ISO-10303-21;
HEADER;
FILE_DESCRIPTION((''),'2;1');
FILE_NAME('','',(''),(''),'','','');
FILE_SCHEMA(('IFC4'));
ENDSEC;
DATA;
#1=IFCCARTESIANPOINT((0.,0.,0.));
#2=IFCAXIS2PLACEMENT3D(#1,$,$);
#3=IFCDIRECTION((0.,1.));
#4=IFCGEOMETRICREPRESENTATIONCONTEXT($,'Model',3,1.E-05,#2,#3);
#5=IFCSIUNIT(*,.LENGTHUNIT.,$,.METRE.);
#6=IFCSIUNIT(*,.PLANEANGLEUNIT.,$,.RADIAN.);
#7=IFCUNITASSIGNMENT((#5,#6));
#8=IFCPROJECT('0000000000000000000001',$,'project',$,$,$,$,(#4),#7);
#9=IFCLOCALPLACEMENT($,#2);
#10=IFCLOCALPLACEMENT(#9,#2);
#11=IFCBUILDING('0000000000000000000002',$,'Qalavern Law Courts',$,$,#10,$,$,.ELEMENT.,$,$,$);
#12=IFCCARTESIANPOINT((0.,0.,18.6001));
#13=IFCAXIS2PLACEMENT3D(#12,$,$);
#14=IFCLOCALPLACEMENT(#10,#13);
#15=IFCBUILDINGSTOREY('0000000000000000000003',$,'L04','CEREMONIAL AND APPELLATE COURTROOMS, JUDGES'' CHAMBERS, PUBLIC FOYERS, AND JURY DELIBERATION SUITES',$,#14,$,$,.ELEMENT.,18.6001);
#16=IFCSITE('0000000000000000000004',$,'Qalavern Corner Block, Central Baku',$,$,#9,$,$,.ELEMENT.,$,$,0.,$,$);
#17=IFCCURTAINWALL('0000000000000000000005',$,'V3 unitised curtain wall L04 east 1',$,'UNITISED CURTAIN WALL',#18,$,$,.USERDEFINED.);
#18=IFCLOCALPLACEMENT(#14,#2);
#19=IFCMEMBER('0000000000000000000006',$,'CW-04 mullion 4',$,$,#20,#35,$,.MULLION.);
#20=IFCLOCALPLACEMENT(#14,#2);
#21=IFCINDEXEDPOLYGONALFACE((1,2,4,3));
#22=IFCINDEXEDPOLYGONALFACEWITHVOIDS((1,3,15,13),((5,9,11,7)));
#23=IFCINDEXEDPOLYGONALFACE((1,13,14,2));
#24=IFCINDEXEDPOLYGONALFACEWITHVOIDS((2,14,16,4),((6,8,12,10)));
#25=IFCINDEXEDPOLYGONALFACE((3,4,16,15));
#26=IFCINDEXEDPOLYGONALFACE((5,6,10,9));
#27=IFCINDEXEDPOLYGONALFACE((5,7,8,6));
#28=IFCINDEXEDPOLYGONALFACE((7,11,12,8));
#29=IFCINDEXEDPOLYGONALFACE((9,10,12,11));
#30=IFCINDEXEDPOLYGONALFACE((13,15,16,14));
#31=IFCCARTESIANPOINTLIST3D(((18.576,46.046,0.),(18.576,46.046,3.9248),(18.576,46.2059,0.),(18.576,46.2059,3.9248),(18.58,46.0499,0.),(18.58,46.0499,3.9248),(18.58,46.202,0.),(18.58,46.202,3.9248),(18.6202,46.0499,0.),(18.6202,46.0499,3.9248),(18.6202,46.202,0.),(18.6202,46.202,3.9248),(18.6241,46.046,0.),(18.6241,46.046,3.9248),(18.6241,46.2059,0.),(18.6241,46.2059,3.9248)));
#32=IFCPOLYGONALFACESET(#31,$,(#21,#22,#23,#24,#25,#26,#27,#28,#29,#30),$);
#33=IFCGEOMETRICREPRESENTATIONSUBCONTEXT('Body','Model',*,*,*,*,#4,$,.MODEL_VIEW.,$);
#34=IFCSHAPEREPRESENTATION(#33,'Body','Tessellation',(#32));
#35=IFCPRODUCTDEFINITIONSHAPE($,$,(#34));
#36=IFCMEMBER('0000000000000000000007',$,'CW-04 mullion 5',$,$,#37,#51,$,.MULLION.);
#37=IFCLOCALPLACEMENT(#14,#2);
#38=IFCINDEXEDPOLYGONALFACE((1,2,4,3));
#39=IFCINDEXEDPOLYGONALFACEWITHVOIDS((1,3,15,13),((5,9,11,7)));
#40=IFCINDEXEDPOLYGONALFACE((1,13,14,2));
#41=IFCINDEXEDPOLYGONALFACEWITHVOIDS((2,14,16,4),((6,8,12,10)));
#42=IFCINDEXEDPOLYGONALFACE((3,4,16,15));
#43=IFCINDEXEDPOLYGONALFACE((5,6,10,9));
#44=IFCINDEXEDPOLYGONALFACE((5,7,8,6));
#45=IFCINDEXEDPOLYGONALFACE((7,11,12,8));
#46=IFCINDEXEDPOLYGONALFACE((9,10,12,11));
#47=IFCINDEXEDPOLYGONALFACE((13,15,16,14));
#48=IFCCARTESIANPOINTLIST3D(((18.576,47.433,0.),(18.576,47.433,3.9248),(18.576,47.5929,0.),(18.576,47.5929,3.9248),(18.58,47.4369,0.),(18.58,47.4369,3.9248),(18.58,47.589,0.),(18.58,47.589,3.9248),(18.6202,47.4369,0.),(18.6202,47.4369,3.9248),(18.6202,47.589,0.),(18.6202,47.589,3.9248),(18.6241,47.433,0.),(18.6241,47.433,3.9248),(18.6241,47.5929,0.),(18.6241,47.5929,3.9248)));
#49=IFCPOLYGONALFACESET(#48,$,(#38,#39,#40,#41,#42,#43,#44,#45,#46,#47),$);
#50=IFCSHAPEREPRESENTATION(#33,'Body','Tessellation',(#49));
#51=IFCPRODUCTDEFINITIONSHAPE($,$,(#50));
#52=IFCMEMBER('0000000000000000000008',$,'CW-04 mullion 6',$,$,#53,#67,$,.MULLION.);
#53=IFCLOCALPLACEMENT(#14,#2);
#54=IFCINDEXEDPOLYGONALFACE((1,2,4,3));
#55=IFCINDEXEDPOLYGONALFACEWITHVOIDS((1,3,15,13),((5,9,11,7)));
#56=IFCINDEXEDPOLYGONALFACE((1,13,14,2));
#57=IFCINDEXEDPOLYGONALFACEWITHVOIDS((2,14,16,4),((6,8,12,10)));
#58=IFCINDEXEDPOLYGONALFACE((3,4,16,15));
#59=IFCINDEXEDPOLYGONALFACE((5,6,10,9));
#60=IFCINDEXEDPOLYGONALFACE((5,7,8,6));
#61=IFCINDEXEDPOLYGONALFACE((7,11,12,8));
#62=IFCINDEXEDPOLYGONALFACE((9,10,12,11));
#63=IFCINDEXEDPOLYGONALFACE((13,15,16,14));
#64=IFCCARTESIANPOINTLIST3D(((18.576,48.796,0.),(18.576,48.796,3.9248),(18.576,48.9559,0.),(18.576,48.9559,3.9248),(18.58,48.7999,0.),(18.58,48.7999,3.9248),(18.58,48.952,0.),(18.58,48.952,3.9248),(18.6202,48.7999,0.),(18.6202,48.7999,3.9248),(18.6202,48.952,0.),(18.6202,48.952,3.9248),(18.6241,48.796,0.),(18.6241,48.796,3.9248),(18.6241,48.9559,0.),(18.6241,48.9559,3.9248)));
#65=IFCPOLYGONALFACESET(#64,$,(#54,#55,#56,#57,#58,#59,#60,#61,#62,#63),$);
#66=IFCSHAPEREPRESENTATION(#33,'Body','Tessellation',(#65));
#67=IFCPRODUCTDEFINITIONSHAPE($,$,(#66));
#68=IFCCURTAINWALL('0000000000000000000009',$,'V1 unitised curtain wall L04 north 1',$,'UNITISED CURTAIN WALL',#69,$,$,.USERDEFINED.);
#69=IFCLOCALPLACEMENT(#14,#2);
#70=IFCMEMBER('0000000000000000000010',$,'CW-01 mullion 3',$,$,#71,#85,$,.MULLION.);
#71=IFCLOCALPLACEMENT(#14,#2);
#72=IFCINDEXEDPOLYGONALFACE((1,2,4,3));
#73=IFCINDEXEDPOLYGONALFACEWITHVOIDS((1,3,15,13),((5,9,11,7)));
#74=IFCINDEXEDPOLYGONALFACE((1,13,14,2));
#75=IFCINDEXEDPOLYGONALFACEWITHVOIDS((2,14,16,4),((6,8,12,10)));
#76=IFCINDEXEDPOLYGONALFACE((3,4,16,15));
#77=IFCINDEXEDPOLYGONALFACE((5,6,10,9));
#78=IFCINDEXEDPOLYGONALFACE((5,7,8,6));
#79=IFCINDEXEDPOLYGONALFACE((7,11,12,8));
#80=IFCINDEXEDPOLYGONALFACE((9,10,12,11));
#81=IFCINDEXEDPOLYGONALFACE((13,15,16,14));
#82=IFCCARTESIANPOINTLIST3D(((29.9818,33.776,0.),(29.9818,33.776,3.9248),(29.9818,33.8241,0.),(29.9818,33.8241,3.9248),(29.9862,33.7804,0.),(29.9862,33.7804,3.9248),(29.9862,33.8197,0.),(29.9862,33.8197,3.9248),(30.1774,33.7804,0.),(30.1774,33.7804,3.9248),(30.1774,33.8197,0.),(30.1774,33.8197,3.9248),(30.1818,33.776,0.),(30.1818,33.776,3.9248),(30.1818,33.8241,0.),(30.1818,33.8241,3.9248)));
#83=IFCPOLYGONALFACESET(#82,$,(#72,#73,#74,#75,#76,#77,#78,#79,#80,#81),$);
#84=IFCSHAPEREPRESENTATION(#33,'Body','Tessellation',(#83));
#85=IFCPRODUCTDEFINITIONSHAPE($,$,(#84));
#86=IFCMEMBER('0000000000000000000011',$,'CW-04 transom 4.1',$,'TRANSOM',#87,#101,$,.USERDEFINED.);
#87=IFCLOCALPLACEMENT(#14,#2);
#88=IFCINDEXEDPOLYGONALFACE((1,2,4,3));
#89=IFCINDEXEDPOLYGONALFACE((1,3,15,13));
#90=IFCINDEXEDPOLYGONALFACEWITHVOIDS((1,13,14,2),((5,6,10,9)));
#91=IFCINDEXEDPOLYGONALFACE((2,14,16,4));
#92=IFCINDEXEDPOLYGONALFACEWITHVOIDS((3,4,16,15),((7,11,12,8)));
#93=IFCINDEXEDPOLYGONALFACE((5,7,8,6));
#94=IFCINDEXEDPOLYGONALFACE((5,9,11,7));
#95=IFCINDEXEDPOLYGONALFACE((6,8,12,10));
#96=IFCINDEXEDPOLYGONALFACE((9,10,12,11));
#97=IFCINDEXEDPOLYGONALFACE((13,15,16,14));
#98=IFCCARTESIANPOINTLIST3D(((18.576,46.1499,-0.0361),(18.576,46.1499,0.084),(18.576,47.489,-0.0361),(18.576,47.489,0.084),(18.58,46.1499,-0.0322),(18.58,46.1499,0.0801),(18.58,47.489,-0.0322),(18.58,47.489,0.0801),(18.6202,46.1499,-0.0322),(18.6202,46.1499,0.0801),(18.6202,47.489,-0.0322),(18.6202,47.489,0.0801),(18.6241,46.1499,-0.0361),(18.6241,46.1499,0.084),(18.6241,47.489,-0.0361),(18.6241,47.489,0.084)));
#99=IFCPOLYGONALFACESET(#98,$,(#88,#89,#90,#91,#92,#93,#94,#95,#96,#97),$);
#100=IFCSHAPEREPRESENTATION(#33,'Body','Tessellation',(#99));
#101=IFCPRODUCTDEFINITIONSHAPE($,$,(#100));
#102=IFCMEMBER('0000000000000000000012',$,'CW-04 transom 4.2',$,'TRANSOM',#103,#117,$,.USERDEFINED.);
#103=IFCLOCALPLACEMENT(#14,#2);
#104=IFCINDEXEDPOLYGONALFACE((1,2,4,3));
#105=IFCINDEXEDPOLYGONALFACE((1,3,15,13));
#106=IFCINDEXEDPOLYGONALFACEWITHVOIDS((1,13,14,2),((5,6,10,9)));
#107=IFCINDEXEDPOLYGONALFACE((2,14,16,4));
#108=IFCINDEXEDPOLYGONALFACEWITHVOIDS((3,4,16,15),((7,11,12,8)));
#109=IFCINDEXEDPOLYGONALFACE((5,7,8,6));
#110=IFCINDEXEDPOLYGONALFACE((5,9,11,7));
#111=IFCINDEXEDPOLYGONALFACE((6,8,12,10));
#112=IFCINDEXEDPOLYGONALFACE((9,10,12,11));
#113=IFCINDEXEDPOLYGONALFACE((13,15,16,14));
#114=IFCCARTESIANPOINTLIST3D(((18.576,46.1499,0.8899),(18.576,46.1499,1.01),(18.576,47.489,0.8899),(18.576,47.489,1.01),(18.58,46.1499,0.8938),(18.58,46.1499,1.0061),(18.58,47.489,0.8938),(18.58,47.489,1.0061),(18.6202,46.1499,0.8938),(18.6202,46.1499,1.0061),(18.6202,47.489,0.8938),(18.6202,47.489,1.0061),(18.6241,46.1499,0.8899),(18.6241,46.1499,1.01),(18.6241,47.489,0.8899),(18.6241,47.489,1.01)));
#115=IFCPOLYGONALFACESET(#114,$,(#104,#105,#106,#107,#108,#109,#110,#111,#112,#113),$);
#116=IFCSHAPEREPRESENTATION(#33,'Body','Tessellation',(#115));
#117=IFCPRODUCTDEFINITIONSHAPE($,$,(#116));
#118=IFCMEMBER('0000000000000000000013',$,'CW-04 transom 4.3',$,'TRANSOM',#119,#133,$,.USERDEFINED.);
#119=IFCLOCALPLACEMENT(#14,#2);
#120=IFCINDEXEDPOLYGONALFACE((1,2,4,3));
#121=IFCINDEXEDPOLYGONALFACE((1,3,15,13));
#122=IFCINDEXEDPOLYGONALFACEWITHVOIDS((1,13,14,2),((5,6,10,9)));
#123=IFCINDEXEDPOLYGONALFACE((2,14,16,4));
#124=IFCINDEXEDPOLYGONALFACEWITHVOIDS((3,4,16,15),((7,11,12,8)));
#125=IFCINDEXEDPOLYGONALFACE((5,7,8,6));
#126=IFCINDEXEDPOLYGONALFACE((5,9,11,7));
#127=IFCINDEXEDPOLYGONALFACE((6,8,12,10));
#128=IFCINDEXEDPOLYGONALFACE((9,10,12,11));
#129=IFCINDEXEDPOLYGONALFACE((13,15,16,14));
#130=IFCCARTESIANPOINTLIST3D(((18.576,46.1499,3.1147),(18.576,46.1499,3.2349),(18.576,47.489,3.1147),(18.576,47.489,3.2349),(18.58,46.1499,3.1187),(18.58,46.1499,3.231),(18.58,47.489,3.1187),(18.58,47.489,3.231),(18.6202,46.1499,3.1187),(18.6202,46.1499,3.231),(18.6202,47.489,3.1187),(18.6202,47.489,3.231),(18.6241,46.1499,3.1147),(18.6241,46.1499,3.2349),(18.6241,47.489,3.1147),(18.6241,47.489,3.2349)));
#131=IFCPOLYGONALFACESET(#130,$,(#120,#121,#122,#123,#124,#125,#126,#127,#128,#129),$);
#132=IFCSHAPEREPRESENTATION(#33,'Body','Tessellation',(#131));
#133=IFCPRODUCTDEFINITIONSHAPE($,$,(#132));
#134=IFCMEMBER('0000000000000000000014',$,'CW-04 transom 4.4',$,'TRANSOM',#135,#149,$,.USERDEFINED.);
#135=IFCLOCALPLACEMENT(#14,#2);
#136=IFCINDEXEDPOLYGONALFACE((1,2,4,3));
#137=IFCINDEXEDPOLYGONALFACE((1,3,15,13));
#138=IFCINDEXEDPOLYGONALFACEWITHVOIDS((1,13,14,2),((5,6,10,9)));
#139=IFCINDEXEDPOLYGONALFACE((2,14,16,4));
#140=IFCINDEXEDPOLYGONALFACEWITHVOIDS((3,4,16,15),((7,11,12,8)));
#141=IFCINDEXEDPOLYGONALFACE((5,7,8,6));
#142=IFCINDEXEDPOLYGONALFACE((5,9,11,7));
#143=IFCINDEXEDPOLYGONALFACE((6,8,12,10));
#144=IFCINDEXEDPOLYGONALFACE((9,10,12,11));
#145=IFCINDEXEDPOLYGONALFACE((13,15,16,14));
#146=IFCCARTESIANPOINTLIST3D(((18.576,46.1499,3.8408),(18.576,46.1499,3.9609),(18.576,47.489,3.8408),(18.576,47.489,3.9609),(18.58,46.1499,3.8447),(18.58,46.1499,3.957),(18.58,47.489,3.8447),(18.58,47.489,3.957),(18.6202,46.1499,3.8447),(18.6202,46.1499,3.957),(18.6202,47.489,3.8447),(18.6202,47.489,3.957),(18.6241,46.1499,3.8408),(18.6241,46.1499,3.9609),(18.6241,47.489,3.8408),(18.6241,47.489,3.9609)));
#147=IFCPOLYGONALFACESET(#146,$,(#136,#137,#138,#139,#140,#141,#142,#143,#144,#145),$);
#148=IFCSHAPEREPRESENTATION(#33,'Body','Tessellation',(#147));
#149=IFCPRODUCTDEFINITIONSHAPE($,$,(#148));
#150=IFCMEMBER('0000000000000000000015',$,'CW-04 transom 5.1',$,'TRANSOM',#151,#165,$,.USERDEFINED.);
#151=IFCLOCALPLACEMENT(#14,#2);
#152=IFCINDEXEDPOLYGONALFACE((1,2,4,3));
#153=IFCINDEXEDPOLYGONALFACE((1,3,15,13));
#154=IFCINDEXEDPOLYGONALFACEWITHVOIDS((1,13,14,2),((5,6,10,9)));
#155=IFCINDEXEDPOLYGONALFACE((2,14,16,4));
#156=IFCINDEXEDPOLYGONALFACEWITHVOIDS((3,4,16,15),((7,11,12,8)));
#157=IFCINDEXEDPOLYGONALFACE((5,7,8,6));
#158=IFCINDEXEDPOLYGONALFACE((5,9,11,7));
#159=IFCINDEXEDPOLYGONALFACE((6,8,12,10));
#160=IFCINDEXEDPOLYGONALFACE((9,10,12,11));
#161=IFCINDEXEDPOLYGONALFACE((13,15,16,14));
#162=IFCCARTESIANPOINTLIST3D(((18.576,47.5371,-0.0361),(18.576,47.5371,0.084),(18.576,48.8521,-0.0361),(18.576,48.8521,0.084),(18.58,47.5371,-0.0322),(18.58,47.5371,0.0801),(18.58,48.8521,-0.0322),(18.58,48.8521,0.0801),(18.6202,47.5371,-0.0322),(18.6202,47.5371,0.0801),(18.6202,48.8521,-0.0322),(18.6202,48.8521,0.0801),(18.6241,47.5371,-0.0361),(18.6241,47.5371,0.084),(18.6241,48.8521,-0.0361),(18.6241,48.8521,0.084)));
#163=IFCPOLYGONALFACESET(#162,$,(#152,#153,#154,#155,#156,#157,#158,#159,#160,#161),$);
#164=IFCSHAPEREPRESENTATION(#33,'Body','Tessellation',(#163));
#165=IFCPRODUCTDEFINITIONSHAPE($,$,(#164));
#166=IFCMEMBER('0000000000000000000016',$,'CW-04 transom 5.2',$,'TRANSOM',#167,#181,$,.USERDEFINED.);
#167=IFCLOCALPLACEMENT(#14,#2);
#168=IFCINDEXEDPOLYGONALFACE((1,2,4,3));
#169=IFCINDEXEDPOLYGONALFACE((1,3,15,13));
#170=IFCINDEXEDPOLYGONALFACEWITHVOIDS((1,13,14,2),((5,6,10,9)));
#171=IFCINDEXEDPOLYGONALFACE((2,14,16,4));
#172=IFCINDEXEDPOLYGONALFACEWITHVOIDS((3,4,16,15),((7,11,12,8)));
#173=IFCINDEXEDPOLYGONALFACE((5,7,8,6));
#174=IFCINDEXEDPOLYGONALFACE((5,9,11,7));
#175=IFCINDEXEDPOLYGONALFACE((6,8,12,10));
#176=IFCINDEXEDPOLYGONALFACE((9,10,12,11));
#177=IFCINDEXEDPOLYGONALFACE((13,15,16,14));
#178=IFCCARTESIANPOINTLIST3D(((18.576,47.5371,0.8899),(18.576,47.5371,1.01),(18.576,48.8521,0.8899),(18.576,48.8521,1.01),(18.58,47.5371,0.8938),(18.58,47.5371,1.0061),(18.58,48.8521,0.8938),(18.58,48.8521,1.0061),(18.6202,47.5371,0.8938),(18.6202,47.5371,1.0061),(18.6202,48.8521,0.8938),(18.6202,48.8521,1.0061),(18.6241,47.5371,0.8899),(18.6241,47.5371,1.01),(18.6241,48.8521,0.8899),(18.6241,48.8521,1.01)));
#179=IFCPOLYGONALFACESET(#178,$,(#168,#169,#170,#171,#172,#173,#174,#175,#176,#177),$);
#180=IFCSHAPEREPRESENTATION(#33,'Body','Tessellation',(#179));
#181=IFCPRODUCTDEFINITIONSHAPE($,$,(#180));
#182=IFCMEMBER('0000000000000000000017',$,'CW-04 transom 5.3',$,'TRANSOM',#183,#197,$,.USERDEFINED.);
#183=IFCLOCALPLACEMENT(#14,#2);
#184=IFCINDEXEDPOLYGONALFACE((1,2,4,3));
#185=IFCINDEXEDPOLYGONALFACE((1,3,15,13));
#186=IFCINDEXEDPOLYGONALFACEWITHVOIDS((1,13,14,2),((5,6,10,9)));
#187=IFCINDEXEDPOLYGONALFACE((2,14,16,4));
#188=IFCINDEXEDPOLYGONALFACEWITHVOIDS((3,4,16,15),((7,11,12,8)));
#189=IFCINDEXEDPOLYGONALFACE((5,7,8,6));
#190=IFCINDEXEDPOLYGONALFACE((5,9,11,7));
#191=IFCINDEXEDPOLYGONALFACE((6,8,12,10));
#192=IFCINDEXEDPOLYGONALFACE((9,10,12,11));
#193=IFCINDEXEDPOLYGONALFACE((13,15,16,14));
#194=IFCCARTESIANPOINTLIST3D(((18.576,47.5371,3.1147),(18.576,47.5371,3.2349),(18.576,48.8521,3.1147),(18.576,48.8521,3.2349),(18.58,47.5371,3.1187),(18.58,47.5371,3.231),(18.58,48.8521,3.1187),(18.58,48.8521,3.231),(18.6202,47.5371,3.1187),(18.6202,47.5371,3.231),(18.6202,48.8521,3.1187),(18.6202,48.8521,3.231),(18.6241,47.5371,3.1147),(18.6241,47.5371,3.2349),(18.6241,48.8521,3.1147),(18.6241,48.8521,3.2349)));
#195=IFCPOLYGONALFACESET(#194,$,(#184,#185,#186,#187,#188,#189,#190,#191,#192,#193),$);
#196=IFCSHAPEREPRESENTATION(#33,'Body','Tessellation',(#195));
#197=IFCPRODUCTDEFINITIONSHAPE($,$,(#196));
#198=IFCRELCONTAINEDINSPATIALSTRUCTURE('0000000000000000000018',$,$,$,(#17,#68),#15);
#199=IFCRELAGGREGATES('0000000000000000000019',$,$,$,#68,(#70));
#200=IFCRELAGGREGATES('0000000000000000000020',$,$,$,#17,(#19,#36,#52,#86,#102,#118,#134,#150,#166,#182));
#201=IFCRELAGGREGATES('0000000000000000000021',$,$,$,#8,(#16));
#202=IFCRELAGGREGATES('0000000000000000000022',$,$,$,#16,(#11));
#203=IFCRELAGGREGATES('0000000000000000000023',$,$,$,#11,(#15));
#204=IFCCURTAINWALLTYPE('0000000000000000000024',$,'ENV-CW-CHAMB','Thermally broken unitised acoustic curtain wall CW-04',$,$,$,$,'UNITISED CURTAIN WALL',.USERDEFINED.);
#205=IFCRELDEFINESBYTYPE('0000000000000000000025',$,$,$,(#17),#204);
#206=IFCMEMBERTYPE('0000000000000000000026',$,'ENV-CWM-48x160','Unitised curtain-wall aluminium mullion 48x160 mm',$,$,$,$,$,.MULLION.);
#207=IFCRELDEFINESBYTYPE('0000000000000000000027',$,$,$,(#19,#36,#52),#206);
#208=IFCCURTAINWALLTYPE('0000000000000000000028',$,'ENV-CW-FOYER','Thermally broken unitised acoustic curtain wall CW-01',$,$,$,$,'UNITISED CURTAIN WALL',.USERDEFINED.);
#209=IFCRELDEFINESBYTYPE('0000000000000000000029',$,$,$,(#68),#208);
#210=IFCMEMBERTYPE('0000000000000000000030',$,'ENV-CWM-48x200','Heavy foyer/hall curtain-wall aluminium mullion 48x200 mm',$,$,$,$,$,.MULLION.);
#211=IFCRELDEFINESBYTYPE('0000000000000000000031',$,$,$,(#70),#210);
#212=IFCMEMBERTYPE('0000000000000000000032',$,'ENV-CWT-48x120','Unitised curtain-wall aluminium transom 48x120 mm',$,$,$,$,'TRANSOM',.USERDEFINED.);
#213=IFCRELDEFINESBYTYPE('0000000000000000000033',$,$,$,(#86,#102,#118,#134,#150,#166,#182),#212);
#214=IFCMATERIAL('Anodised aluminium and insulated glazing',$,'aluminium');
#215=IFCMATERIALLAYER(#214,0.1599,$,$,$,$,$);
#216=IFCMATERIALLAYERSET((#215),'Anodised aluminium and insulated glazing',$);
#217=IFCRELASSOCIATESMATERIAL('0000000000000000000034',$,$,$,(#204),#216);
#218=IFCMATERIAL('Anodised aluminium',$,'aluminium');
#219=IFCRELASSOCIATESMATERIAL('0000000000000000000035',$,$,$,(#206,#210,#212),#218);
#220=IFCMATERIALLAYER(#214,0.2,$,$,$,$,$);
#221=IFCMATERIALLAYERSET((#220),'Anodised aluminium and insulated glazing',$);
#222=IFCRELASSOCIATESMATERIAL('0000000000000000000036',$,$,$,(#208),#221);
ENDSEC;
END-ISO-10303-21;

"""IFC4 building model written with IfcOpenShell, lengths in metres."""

from ifc_helpers import new_model, si_unit, direction, frame, origin, origin_2d, place, context, subcontext, project, spatial, hollow_rectangle, extrude, material, layer, layer_set, material_profile, profile_set, type_object, element, aggregate, save


model = new_model("IFC4")

# Units and contexts
model_context = context("Model", 3, precision=1e-05, world=origin(), true_north=direction((0.0, 1.0)))
body_context = subcontext(model_context, "Body", "Model", "MODEL_VIEW")
ifc_project = project(units=[si_unit("LENGTHUNIT", "METRE"), si_unit("PLANEANGLEUNIT", "RADIAN")], contexts=[model_context])

# Site, building, storey
site_placement = place(None, origin())
site = spatial("IfcSite", under=ifc_project, at=site_placement, Name="Qalavern Corner Block, Central Baku", CompositionType="ELEMENT", RefElevation=0.0)
building_placement = place(site_placement, origin())
building = spatial("IfcBuilding", under=site, at=building_placement, Name="Qalavern Law Courts", CompositionType="ELEMENT")
storey_placement = place(building_placement, frame((0.0, 0.0, 18.6001)))
storey = spatial("IfcBuildingStorey", under=building, at=storey_placement, Name="L04", Description="CEREMONIAL AND APPELLATE COURTROOMS, JUDGES' CHAMBERS, PUBLIC FOYERS, AND JURY DELIBERATION SUITES", CompositionType="ELEMENT", Elevation=18.6001)

# Curtain wall, members
ifc_material_1 = material(Name="Anodised aluminium and insulated glazing", Category="aluminium")
ifc_layer_1 = layer(ifc_material_1, 0.1599)
ifc_layer_set_1 = layer_set([ifc_layer_1], Name="Anodised aluminium and insulated glazing")
curtain_wall_type_1 = type_object("IfcCurtainWallType", Name="ENV-CW-CHAMB", Description="Thermally broken unitised acoustic curtain wall CW-04", ElementType="UNITISED CURTAIN WALL", PredefinedType="USERDEFINED", material=ifc_layer_set_1)
curtain_wall_1_placement = place(storey_placement, origin())
curtain_wall_1 = element("IfcCurtainWall", 1, at=curtain_wall_1_placement, inside=storey, type_object=curtain_wall_type_1, Name="V3 unitised curtain wall L04 east 1", ObjectType="UNITISED CURTAIN WALL", PredefinedType="USERDEFINED")
ifc_material_2 = material(Name="Anodised aluminium", Category="aluminium")
ifc_material_profile_1 = material_profile(ifc_material_2, hollow_rectangle(XDim=0.0481, YDim=0.1599, WallThickness=0.0039, at=origin_2d()), Name="ALU MULLION 48x160")
ifc_profile_set_1 = profile_set([ifc_material_profile_1], Name="Anodised aluminium")
member_type_1 = type_object("IfcMemberType", Name="ENV-CWM-48x160", Description="Unitised curtain-wall aluminium mullion 48x160 mm", PredefinedType="MULLION", material=ifc_profile_set_1)
member_1_placement = place(storey_placement, frame((18.6001, 46.126, 0.0), z_axis=(0.0, 0.0, 1.0), x_axis=(-1.0, 0.0, 0.0)))
member_1 = element("IfcMember", 2, at=member_1_placement, type_object=member_type_1, Name="CW-04 mullion 4", PredefinedType="MULLION", context=body_context, shape_type="SweptSolid", body=[
    extrude(hollow_rectangle(XDim=0.0481, YDim=0.1599, WallThickness=0.0039, at=origin_2d()), origin(), (0.0, 0.0, 1.0), 3.9248),
])
member_2_placement = place(storey_placement, frame((18.6001, 47.5129, 0.0), z_axis=(0.0, 0.0, 1.0), x_axis=(-1.0, 0.0, 0.0)))
member_2 = element("IfcMember", 3, at=member_2_placement, type_object=member_type_1, Name="CW-04 mullion 5", PredefinedType="MULLION", context=body_context, shape_type="SweptSolid", body=[
    extrude(hollow_rectangle(XDim=0.0481, YDim=0.1599, WallThickness=0.0039, at=origin_2d()), origin(), (0.0, 0.0, 1.0), 3.9248),
])
member_3_placement = place(storey_placement, frame((18.6001, 48.876, 0.0), z_axis=(0.0, 0.0, 1.0), x_axis=(-1.0, 0.0, 0.0)))
member_3 = element("IfcMember", 4, at=member_3_placement, type_object=member_type_1, Name="CW-04 mullion 6", PredefinedType="MULLION", context=body_context, shape_type="SweptSolid", body=[
    extrude(hollow_rectangle(XDim=0.0481, YDim=0.1599, WallThickness=0.0039, at=origin_2d()), origin(), (0.0, 0.0, 1.0), 3.9248),
])

# Curtain wall, member
ifc_layer_2 = layer(ifc_material_1, 0.2)
ifc_layer_set_2 = layer_set([ifc_layer_2], Name="Anodised aluminium and insulated glazing")
curtain_wall_type_2 = type_object("IfcCurtainWallType", Name="ENV-CW-FOYER", Description="Thermally broken unitised acoustic curtain wall CW-01", ElementType="UNITISED CURTAIN WALL", PredefinedType="USERDEFINED", material=ifc_layer_set_2)
curtain_wall_2_placement = place(storey_placement, origin())
curtain_wall_2 = element("IfcCurtainWall", 5, at=curtain_wall_2_placement, inside=storey, type_object=curtain_wall_type_2, Name="V1 unitised curtain wall L04 north 1", ObjectType="UNITISED CURTAIN WALL", PredefinedType="USERDEFINED")
ifc_material_profile_2 = material_profile(ifc_material_2, hollow_rectangle(XDim=0.0481, YDim=0.2, WallThickness=0.0044, at=origin_2d()), Name="ALU MULLION 48x200")
ifc_profile_set_2 = profile_set([ifc_material_profile_2], Name="Anodised aluminium")
member_type_2 = type_object("IfcMemberType", Name="ENV-CWM-48x200", Description="Heavy foyer/hall curtain-wall aluminium mullion 48x200 mm", PredefinedType="MULLION", material=ifc_profile_set_2)
member_4_placement = place(storey_placement, frame((30.0818, 33.8, 0.0), z_axis=(0.0, 0.0, 1.0), x_axis=(0.0, -1.0, 0.0)))
member_4 = element("IfcMember", 6, at=member_4_placement, type_object=member_type_2, Name="CW-01 mullion 3", PredefinedType="MULLION", context=body_context, shape_type="SweptSolid", body=[
    extrude(hollow_rectangle(XDim=0.0481, YDim=0.2, WallThickness=0.0044, at=origin_2d()), origin(), (0.0, 0.0, 1.0), 3.9248),
])

# Members
ifc_material_profile_3 = material_profile(ifc_material_2, hollow_rectangle(XDim=0.0481, YDim=0.1201, WallThickness=0.0039, at=origin_2d()), Name="ALU TRANSOM 48x120")
ifc_profile_set_3 = profile_set([ifc_material_profile_3], Name="Anodised aluminium")
member_type_3 = type_object("IfcMemberType", Name="ENV-CWT-48x120", Description="Unitised curtain-wall aluminium transom 48x120 mm", ElementType="TRANSOM", PredefinedType="USERDEFINED", material=ifc_profile_set_3)
member_5_placement = place(storey_placement, frame((18.6001, 46.1499, 0.0239), z_axis=(0.0, 1.0, 0.0), x_axis=(-1.0, 0.0, 0.0)))
member_5 = element("IfcMember", 7, at=member_5_placement, type_object=member_type_3, Name="CW-04 transom 4.1", ObjectType="TRANSOM", PredefinedType="USERDEFINED", context=body_context, shape_type="SweptSolid", body=[
    extrude(hollow_rectangle(XDim=0.0481, YDim=0.1201, WallThickness=0.0039, at=origin_2d()), origin(), (0.0, 0.0, 1.0), 1.3391),
])
member_6_placement = place(storey_placement, frame((18.6001, 46.1499, 0.95), z_axis=(0.0, 1.0, 0.0), x_axis=(-1.0, 0.0, 0.0)))
member_6 = element("IfcMember", 8, at=member_6_placement, type_object=member_type_3, Name="CW-04 transom 4.2", ObjectType="TRANSOM", PredefinedType="USERDEFINED", context=body_context, shape_type="SweptSolid", body=[
    extrude(hollow_rectangle(XDim=0.0481, YDim=0.1201, WallThickness=0.0039, at=origin_2d()), origin(), (0.0, 0.0, 1.0), 1.3391),
])
member_7_placement = place(storey_placement, frame((18.6001, 46.1499, 3.1748), z_axis=(0.0, 1.0, 0.0), x_axis=(-1.0, 0.0, 0.0)))
member_7 = element("IfcMember", 9, at=member_7_placement, type_object=member_type_3, Name="CW-04 transom 4.3", ObjectType="TRANSOM", PredefinedType="USERDEFINED", context=body_context, shape_type="SweptSolid", body=[
    extrude(hollow_rectangle(XDim=0.0481, YDim=0.1201, WallThickness=0.0039, at=origin_2d()), origin(), (0.0, 0.0, 1.0), 1.3391),
])
member_8_placement = place(storey_placement, frame((18.6001, 46.1499, 3.9009), z_axis=(0.0, 1.0, 0.0), x_axis=(-1.0, 0.0, 0.0)))
member_8 = element("IfcMember", 10, at=member_8_placement, type_object=member_type_3, Name="CW-04 transom 4.4", ObjectType="TRANSOM", PredefinedType="USERDEFINED", context=body_context, shape_type="SweptSolid", body=[
    extrude(hollow_rectangle(XDim=0.0481, YDim=0.1201, WallThickness=0.0039, at=origin_2d()), origin(), (0.0, 0.0, 1.0), 1.3391),
])
member_9_placement = place(storey_placement, frame((18.6001, 47.5371, 0.0239), z_axis=(0.0, 1.0, 0.0), x_axis=(-1.0, 0.0, 0.0)))
member_9 = element("IfcMember", 11, at=member_9_placement, type_object=member_type_3, Name="CW-04 transom 5.1", ObjectType="TRANSOM", PredefinedType="USERDEFINED", context=body_context, shape_type="SweptSolid", body=[
    extrude(hollow_rectangle(XDim=0.0481, YDim=0.1201, WallThickness=0.0039, at=origin_2d()), origin(), (0.0, 0.0, 1.0), 1.3149),
])
member_10_placement = place(storey_placement, frame((18.6001, 47.5371, 0.95), z_axis=(0.0, 1.0, 0.0), x_axis=(-1.0, 0.0, 0.0)))
member_10 = element("IfcMember", 12, at=member_10_placement, type_object=member_type_3, Name="CW-04 transom 5.2", ObjectType="TRANSOM", PredefinedType="USERDEFINED", context=body_context, shape_type="SweptSolid", body=[
    extrude(hollow_rectangle(XDim=0.0481, YDim=0.1201, WallThickness=0.0039, at=origin_2d()), origin(), (0.0, 0.0, 1.0), 1.3149),
])
member_11_placement = place(storey_placement, frame((18.6001, 47.5371, 3.1748), z_axis=(0.0, 1.0, 0.0), x_axis=(-1.0, 0.0, 0.0)))
member_11 = element("IfcMember", 13, at=member_11_placement, type_object=member_type_3, Name="CW-04 transom 5.3", ObjectType="TRANSOM", PredefinedType="USERDEFINED", context=body_context, shape_type="SweptSolid", body=[
    extrude(hollow_rectangle(XDim=0.0481, YDim=0.1201, WallThickness=0.0039, at=origin_2d()), origin(), (0.0, 0.0, 1.0), 1.3149),
])

aggregate(curtain_wall_2, [member_4])
aggregate(curtain_wall_1, [member_1, member_2, member_3, member_5, member_6, member_7, member_8, member_9, member_10, member_11])

save(model, "model.ifc")
